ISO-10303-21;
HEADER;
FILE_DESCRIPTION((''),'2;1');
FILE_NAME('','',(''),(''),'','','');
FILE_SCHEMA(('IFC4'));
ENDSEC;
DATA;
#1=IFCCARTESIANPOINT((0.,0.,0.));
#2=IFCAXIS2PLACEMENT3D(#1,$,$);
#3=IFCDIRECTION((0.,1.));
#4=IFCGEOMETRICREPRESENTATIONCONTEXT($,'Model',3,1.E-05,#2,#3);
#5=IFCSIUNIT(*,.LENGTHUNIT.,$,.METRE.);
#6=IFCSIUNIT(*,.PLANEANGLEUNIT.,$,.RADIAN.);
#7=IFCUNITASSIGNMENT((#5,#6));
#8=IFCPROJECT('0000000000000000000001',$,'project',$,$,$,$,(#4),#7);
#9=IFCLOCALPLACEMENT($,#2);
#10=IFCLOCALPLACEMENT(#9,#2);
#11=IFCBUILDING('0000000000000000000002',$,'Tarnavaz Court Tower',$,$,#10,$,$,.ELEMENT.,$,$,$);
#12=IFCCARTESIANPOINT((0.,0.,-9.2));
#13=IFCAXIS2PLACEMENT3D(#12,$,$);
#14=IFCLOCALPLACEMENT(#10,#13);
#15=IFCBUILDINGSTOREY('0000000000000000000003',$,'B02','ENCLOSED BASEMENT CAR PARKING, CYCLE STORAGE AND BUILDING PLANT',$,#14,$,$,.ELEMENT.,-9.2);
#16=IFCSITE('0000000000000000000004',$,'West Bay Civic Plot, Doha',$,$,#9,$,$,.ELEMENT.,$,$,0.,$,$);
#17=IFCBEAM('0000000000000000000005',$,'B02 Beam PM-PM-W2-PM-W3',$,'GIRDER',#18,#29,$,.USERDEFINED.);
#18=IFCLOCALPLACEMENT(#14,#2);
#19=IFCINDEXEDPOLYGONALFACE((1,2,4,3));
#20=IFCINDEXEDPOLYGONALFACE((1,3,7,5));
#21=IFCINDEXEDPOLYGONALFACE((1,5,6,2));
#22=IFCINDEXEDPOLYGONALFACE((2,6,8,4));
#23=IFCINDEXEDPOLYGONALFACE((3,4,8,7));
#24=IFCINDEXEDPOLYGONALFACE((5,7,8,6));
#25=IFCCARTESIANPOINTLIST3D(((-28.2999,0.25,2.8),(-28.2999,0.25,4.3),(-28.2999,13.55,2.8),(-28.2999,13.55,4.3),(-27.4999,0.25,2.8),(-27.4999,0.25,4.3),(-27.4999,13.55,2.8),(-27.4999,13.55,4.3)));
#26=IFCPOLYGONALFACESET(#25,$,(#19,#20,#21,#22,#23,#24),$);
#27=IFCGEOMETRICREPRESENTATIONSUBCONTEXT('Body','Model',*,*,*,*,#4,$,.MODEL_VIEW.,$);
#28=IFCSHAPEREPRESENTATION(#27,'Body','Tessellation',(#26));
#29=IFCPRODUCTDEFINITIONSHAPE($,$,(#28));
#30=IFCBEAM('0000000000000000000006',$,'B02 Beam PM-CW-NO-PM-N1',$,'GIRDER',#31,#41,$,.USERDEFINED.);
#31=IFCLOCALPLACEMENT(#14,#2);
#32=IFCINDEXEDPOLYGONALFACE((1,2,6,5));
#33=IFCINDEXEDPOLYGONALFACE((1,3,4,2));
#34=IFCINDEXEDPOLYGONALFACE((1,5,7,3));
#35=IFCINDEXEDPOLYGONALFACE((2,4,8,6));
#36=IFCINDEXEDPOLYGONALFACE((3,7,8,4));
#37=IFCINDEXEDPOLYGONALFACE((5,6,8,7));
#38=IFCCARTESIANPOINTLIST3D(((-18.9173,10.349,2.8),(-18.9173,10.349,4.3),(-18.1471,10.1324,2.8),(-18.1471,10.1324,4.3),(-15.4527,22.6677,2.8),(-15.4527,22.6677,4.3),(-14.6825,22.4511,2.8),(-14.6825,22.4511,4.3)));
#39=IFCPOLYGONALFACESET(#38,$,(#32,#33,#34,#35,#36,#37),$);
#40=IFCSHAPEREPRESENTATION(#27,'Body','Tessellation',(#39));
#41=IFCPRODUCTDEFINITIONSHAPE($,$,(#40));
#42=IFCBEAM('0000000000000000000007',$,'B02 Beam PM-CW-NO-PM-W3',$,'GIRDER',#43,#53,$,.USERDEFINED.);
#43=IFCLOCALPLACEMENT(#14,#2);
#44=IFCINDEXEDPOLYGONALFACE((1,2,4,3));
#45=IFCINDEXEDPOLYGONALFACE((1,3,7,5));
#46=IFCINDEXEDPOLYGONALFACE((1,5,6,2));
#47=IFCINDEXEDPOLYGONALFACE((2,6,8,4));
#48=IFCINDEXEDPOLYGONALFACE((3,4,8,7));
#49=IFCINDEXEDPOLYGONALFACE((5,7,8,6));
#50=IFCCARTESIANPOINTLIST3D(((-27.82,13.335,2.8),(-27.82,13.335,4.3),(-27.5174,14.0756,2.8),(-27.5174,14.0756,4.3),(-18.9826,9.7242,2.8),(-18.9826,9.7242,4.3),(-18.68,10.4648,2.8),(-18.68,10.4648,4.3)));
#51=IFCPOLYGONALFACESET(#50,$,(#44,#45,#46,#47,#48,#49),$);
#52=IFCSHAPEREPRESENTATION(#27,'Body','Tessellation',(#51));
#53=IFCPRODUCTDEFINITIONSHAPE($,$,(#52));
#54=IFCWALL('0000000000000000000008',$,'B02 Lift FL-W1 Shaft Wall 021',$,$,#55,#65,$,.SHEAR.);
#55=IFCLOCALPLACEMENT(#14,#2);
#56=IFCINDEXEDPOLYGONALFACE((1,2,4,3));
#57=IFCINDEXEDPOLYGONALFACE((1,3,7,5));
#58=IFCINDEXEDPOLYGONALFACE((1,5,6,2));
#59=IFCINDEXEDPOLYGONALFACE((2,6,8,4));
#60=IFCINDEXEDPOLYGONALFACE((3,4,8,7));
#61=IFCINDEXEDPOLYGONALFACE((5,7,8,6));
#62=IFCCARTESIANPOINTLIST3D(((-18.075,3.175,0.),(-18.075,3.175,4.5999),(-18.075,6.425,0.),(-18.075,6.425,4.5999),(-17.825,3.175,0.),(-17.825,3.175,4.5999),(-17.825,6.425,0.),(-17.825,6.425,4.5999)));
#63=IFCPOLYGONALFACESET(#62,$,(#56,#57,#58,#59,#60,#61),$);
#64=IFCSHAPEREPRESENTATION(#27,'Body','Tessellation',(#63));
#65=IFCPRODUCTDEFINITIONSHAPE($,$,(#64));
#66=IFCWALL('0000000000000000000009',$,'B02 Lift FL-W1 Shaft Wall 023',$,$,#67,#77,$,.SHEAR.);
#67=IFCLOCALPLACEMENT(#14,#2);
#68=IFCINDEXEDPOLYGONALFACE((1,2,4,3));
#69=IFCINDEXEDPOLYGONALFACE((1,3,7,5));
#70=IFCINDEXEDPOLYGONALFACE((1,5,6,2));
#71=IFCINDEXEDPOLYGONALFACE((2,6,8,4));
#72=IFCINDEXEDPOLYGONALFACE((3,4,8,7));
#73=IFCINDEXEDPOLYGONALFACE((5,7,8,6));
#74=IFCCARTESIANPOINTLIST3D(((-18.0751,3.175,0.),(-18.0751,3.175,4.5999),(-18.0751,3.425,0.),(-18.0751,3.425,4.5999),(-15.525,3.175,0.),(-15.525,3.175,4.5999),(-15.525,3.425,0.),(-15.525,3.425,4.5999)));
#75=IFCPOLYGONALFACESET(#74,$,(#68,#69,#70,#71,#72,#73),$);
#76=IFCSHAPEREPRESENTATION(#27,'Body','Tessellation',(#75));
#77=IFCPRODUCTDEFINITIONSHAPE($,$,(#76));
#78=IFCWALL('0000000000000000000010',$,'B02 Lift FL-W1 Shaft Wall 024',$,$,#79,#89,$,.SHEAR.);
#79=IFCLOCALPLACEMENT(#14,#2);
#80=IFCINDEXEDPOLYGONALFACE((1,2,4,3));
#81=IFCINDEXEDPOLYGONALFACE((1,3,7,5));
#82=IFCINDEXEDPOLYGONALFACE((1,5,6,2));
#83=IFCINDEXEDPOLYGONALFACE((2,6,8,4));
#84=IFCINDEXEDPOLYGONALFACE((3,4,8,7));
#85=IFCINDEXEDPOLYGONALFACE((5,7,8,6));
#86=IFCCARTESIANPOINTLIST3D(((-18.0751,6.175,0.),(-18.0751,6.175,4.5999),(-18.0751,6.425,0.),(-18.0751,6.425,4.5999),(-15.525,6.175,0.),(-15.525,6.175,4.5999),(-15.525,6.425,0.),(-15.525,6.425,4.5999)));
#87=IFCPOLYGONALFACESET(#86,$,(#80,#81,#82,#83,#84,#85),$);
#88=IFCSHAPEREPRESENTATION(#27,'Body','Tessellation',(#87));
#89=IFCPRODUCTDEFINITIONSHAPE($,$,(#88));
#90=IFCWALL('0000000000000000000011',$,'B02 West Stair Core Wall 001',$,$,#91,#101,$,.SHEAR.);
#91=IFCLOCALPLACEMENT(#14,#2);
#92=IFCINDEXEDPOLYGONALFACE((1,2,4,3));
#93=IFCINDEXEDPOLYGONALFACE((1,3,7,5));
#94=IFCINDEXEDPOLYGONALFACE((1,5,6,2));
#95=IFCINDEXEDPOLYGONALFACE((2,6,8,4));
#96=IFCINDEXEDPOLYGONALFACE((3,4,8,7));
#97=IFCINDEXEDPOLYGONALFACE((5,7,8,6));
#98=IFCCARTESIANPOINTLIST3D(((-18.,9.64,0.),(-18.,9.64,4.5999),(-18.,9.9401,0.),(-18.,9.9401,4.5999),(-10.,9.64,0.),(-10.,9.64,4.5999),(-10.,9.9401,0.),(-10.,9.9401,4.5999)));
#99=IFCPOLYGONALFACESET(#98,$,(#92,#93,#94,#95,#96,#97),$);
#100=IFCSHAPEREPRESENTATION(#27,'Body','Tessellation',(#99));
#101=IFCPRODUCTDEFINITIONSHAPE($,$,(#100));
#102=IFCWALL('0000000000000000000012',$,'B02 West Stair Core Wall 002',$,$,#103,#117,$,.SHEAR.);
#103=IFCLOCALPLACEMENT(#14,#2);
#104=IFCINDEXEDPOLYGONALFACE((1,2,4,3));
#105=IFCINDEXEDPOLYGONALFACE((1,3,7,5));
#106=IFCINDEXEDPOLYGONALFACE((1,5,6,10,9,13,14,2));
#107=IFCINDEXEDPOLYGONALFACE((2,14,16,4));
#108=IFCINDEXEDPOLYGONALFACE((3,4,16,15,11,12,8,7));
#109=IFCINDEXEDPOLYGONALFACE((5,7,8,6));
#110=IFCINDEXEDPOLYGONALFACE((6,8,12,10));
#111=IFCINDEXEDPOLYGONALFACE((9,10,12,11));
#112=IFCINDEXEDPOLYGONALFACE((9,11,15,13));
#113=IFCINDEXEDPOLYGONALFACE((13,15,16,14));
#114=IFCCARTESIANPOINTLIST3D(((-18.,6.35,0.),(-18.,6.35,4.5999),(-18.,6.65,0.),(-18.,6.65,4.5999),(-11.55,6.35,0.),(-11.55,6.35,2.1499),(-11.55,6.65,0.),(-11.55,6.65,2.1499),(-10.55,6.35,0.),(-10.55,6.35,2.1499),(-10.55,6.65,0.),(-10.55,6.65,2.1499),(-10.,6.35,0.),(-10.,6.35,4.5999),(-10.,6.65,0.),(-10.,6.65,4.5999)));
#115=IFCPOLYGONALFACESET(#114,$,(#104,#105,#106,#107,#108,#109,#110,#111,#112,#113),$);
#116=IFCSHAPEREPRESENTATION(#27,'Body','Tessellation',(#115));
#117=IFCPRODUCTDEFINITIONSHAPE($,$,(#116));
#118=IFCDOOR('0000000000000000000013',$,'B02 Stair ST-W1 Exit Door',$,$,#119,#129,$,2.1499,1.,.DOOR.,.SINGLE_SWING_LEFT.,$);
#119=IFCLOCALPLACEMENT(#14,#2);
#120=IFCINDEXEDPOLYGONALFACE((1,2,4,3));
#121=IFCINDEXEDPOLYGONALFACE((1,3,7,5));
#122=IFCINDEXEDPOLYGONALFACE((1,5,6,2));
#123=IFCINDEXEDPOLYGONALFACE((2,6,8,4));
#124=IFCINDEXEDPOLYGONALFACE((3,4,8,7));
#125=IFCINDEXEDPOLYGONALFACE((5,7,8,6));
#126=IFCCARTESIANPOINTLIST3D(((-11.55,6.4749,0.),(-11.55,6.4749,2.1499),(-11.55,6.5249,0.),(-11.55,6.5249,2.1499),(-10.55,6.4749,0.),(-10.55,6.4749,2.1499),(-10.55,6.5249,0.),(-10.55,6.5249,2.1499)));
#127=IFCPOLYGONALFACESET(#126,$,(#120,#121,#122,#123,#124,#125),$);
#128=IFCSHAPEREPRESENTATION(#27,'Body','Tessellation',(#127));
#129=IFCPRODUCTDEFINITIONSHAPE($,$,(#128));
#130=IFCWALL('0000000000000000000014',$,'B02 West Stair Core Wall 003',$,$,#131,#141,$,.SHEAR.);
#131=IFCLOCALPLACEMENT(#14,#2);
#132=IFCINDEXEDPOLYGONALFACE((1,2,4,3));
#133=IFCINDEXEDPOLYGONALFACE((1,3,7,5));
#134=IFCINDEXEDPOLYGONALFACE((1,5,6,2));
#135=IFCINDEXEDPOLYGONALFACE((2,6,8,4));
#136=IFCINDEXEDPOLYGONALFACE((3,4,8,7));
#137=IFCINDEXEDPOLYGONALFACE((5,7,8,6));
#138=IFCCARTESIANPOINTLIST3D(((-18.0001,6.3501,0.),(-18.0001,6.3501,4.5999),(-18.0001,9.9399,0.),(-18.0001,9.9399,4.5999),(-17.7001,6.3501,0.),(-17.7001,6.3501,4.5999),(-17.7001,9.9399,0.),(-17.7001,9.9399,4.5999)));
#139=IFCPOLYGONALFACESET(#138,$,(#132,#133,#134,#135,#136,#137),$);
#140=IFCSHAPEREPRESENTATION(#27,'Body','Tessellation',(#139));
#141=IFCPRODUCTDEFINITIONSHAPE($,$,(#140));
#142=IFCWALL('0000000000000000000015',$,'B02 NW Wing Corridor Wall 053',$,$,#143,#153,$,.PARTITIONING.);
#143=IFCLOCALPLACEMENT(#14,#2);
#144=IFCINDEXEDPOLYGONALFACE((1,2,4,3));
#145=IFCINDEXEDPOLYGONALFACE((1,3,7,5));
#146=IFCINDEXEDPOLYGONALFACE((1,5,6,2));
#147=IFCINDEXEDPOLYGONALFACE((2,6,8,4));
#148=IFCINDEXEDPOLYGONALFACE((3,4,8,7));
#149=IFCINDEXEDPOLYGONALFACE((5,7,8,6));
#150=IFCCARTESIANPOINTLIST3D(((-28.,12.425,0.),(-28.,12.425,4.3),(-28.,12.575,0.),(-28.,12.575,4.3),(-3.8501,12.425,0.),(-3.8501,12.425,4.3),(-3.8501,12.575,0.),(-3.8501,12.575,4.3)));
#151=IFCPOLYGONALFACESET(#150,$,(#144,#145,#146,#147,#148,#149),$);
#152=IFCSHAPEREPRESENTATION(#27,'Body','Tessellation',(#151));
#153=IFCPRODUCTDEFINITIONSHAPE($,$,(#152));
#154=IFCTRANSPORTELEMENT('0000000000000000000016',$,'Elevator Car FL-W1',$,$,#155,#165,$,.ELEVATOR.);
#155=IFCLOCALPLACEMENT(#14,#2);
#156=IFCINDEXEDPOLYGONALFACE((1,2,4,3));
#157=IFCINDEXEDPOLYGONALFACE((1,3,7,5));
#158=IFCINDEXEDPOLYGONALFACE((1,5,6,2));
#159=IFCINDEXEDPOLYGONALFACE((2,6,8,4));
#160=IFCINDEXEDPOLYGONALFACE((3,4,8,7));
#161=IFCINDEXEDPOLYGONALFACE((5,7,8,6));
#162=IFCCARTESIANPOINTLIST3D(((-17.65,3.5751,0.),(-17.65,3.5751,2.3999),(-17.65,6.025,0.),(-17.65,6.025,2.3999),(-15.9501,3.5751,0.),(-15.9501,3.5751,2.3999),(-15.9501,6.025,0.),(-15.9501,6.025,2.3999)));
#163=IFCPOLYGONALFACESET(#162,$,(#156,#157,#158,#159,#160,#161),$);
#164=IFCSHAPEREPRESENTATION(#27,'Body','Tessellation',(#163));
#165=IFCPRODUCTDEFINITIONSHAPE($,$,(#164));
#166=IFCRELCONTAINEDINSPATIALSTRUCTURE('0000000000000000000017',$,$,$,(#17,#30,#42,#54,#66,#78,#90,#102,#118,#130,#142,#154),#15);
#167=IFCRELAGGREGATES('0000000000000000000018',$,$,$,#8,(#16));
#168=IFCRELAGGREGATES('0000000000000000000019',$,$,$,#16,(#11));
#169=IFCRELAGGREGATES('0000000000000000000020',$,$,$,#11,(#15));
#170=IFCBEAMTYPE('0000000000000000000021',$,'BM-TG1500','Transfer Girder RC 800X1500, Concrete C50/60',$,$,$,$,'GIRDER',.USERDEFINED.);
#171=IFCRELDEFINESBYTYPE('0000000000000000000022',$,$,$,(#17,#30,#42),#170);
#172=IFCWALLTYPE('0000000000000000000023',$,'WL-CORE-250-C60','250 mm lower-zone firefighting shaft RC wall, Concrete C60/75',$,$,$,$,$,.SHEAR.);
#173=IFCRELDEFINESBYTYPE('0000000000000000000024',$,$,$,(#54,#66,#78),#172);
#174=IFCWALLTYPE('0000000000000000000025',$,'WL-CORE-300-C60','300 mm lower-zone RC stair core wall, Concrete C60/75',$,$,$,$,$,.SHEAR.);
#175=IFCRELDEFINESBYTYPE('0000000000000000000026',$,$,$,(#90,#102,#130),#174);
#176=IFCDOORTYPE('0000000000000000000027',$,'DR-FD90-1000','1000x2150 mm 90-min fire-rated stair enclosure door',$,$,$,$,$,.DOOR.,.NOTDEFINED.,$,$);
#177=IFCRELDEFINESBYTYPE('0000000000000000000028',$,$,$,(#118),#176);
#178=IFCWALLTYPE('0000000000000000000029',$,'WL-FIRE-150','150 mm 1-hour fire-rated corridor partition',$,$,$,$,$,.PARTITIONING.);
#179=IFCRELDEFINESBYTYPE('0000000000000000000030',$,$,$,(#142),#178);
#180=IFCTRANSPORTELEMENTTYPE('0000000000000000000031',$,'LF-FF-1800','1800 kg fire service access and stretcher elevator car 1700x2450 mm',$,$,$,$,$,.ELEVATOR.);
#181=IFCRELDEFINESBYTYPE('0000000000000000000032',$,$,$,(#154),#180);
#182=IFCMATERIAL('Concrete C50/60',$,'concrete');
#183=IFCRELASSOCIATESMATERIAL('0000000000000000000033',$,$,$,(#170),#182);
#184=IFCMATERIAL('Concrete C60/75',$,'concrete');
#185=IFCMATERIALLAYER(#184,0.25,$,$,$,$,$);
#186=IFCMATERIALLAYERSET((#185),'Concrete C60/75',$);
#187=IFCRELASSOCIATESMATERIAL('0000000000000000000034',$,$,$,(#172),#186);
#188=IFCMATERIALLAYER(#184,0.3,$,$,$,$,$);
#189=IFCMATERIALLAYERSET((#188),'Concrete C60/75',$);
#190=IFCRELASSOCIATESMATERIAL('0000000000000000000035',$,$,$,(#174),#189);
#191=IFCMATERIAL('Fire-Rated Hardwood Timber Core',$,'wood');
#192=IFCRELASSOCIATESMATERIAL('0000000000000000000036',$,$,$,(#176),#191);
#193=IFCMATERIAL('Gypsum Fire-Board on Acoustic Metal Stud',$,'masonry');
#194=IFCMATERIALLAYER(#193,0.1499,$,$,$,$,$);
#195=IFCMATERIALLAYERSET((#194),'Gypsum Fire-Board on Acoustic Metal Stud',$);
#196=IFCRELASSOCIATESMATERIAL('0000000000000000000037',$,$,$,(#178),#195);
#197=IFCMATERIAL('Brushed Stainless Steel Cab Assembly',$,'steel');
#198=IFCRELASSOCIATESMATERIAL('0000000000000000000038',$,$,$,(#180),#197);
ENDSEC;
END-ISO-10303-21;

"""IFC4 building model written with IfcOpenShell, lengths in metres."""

from ifc_helpers import new_model, si_unit, direction, frame, frame_2d, origin, origin_2d, place, context, subcontext, project, spatial, rectangle, extrude, material, layer, layer_set, material_profile, profile_set, type_object, element, fill, save


model = new_model("IFC4")

# Units and contexts
model_context = context("Model", 3, precision=1e-05, world=origin(), true_north=direction((0.0, 1.0)))
body_context = subcontext(model_context, "Body", "Model", "MODEL_VIEW")
ifc_project = project(units=[si_unit("LENGTHUNIT", "METRE"), si_unit("PLANEANGLEUNIT", "RADIAN")], contexts=[model_context])

# Site, building, storey
site_placement = place(None, origin())
site = spatial("IfcSite", under=ifc_project, at=site_placement, Name="West Bay Civic Plot, Doha", CompositionType="ELEMENT", RefElevation=0.0)
building_placement = place(site_placement, origin())
building = spatial("IfcBuilding", under=site, at=building_placement, Name="Tarnavaz Court Tower", CompositionType="ELEMENT")
storey_placement = place(building_placement, frame((0.0, 0.0, -9.2)))
storey = spatial("IfcBuildingStorey", under=building, at=storey_placement, Name="B02", Description="ENCLOSED BASEMENT CAR PARKING, CYCLE STORAGE AND BUILDING PLANT", CompositionType="ELEMENT", Elevation=-9.2)

# Shared definitions
ifc_material_1 = material(Name="Concrete C50/60", Category="concrete")

# Shared definitions
ifc_material_2 = material(Name="Concrete C60/75", Category="concrete")

# Beams
ifc_material_profile_1 = material_profile(ifc_material_1, rectangle(XDim=0.8, YDim=1.5, at=origin_2d()), Name="RC 800X1500")
ifc_profile_set_1 = profile_set([ifc_material_profile_1], Name="Concrete C50/60")
beam_type_1 = type_object("IfcBeamType", Name="BM-TG1500", Description="Transfer Girder RC 800X1500, Concrete C50/60", ElementType="GIRDER", PredefinedType="USERDEFINED", material=ifc_profile_set_1)
beam_1_placement = place(storey_placement, frame((-27.8999, 0.25, 3.55), z_axis=(0.0, 1.0, 0.0), x_axis=(-1.0, 0.0, 0.0)))
element("IfcBeam", 1, at=beam_1_placement, inside=storey, type_object=beam_type_1, Name="B02 Beam PM-PM-W2-PM-W3", ObjectType="GIRDER", PredefinedType="USERDEFINED", context=body_context, shape_type="SweptSolid", body=[
    extrude(rectangle(XDim=0.8, YDim=1.5, at=origin_2d()), origin(), (0.0, 0.0, 1.0), 13.3),
])
beam_2_placement = place(storey_placement, frame((-18.5322, 10.2407, 3.55), z_axis=(0.270745, 0.962651, 0.0), x_axis=(-0.962651, 0.270745, 0.0)))
element("IfcBeam", 2, at=beam_2_placement, inside=storey, type_object=beam_type_1, Name="B02 Beam PM-CW-NO-PM-N1", ObjectType="GIRDER", PredefinedType="USERDEFINED", context=body_context, shape_type="SweptSolid", body=[
    extrude(rectangle(XDim=0.8, YDim=1.5, at=origin_2d()), origin(), (0.0, 0.0, 1.0), 12.7966),
])
beam_3_placement = place(storey_placement, frame((-18.8313, 10.0945, 3.55), z_axis=(-0.925711, 0.378233, 0.0), x_axis=(-0.378233, -0.925711, 0.0)))
element("IfcBeam", 3, at=beam_3_placement, inside=storey, type_object=beam_type_1, Name="B02 Beam PM-CW-NO-PM-W3", ObjectType="GIRDER", PredefinedType="USERDEFINED", context=body_context, shape_type="SweptSolid", body=[
    extrude(rectangle(XDim=0.8, YDim=1.5, at=origin_2d()), origin(), (0.0, 0.0, 1.0), 9.5466),
])

# Walls
ifc_layer_1 = layer(ifc_material_2, 0.25)
ifc_layer_set_1 = layer_set([ifc_layer_1], Name="Concrete C60/75")
wall_type_1 = type_object("IfcWallType", Name="WL-CORE-250-C60", Description="250 mm lower-zone firefighting shaft RC wall, Concrete C60/75", PredefinedType="SHEAR", material=ifc_layer_set_1)
wall_1_placement = place(storey_placement, frame((-17.95, 3.175, 0.0), z_axis=(0.0, 0.0, 1.0), x_axis=(0.0, 1.0, 0.0)))
element("IfcWall", 4, at=wall_1_placement, inside=storey, type_object=wall_type_1, Name="B02 Lift FL-W1 Shaft Wall 021", PredefinedType="SHEAR", context=body_context, shape_type="SweptSolid", body=[
    extrude(rectangle(XDim=3.25, YDim=0.25, at=frame_2d((1.625, 0.0))), origin(), (0.0, 0.0, 1.0), 4.5999),
])
for number, where, z_axis, x_axis, name in (
    (5, (-18.075, 3.3, 0.0), (0.0, 0.0, 1.0), (1.0, 0.0, 0.0), "B02 Lift FL-W1 Shaft Wall 023"),
    (6, (-18.075, 6.3, 0.0), (0.0, 0.0, 1.0), (1.0, 0.0, 0.0), "B02 Lift FL-W1 Shaft Wall 024"),
):
    element("IfcWall", number, at=place(storey_placement, frame(where, z_axis=z_axis, x_axis=x_axis)), inside=storey, type_object=wall_type_1, Name=name, PredefinedType="SHEAR", context=body_context, shape_type="SweptSolid", body=[
        extrude(rectangle(XDim=2.55, YDim=0.25, at=frame_2d((1.2749, 0.0))), origin(), (0.0, 0.0, 1.0), 4.5999),
    ])
ifc_layer_2 = layer(ifc_material_2, 0.3)
ifc_layer_set_2 = layer_set([ifc_layer_2], Name="Concrete C60/75")
wall_type_2 = type_object("IfcWallType", Name="WL-CORE-300-C60", Description="300 mm lower-zone RC stair core wall, Concrete C60/75", PredefinedType="SHEAR", material=ifc_layer_set_2)
wall_2_placement = place(storey_placement, frame((-18.0, 9.79, 0.0), z_axis=(0.0, 0.0, 1.0), x_axis=(1.0, 0.0, 0.0)))
element("IfcWall", 7, at=wall_2_placement, inside=storey, type_object=wall_type_2, Name="B02 West Stair Core Wall 001", PredefinedType="SHEAR", context=body_context, shape_type="SweptSolid", body=[
    extrude(rectangle(XDim=8.0, YDim=0.3, at=frame_2d((4.0, 0.0))), origin(), (0.0, 0.0, 1.0), 4.5999),
])

# Wall, opening, door
wall_3_placement = place(storey_placement, frame((-18.0, 6.5, 0.0), z_axis=(0.0, 0.0, 1.0), x_axis=(1.0, 0.0, 0.0)))
wall_3 = element("IfcWall", 8, at=wall_3_placement, inside=storey, type_object=wall_type_2, Name="B02 West Stair Core Wall 002", PredefinedType="SHEAR", context=body_context, shape_type="SweptSolid", body=[
    extrude(rectangle(XDim=8.0, YDim=0.3, at=frame_2d((4.0, 0.0))), origin(), (0.0, 0.0, 1.0), 4.5999),
])
opening_placement = place(wall_3_placement, frame((6.45, 0.0, 0.0)))
opening = element("IfcOpeningElement", 9, at=opening_placement, cuts=wall_3, PredefinedType="OPENING", context=body_context, shape_type="SweptSolid", body=[
    extrude(rectangle(XDim=1.0, YDim=2.1499, at=frame_2d((0.5, 1.075))), frame((0.0, 0.1599, 0.0), z_axis=(0.0, -1.0, 0.0), x_axis=(1.0, 0.0, 0.0)), (0.0, 0.0, 1.0), 0.3201),
])
ifc_material_3 = material(Name="Fire-Rated Hardwood Timber Core", Category="wood")
door_type = type_object("IfcDoorType", Name="DR-FD90-1000", Description="1000x2150 mm 90-min fire-rated stair enclosure door", OperationType="NOTDEFINED", PredefinedType="DOOR", material=ifc_material_3)
door_placement = place(opening_placement, origin())
door = element("IfcDoor", 10, at=door_placement, inside=storey, type_object=door_type, Name="B02 Stair ST-W1 Exit Door", OperationType="SINGLE_SWING_LEFT", OverallHeight=2.1499, OverallWidth=1.0, PredefinedType="DOOR", context=body_context, shape_type="SweptSolid", body=[
    extrude(rectangle(XDim=1.0, YDim=2.1499, at=frame_2d((0.5, 1.075))), frame((0.0, 0.0249, 0.0), z_axis=(0.0, -1.0, 0.0), x_axis=(1.0, 0.0, 0.0)), (0.0, 0.0, 1.0), 0.05),
])
fill(opening, door)

# Walls
wall_4_placement = place(storey_placement, frame((-17.8501, 6.3501, 0.0), z_axis=(0.0, 0.0, 1.0), x_axis=(0.0, 1.0, 0.0)))
element("IfcWall", 11, at=wall_4_placement, inside=storey, type_object=wall_type_2, Name="B02 West Stair Core Wall 003", PredefinedType="SHEAR", context=body_context, shape_type="SweptSolid", body=[
    extrude(rectangle(XDim=3.5898, YDim=0.3, at=frame_2d((1.7949, 0.0))), origin(), (0.0, 0.0, 1.0), 4.5999),
])
ifc_material_4 = material(Name="Gypsum Fire-Board on Acoustic Metal Stud", Category="masonry")
ifc_layer_3 = layer(ifc_material_4, 0.1499)
ifc_layer_set_3 = layer_set([ifc_layer_3], Name="Gypsum Fire-Board on Acoustic Metal Stud")
wall_type_3 = type_object("IfcWallType", Name="WL-FIRE-150", Description="150 mm 1-hour fire-rated corridor partition", PredefinedType="PARTITIONING", material=ifc_layer_set_3)
wall_5_placement = place(storey_placement, frame((-28.0, 12.5, 0.0), z_axis=(0.0, 0.0, 1.0), x_axis=(1.0, 0.0, 0.0)))
element("IfcWall", 12, at=wall_5_placement, inside=storey, type_object=wall_type_3, Name="B02 NW Wing Corridor Wall 053", PredefinedType="PARTITIONING", context=body_context, shape_type="SweptSolid", body=[
    extrude(rectangle(XDim=24.1499, YDim=0.1499, at=frame_2d((12.075, 0.0))), origin(), (0.0, 0.0, 1.0), 4.3),
])

# Transport element
ifc_material_5 = material(Name="Brushed Stainless Steel Cab Assembly", Category="steel")
transport_element_type = type_object("IfcTransportElementType", Name="LF-FF-1800", Description="1800 kg fire service access and stretcher elevator car 1700x2450 mm", PredefinedType="ELEVATOR", material=ifc_material_5)
transport_element_placement = place(storey_placement, frame((-16.8, 4.8, 0.0), z_axis=(0.0, 0.0, 1.0), x_axis=(1.0, 0.0, 0.0)))
element("IfcTransportElement", 13, at=transport_element_placement, inside=storey, type_object=transport_element_type, Name="Elevator Car FL-W1", PredefinedType="ELEVATOR", context=body_context, shape_type="SweptSolid", body=[
    extrude(rectangle(XDim=1.7, YDim=2.45, at=origin_2d()), origin(), (0.0, 0.0, 1.0), 2.3999),
])

save(model, "model.ifc")
